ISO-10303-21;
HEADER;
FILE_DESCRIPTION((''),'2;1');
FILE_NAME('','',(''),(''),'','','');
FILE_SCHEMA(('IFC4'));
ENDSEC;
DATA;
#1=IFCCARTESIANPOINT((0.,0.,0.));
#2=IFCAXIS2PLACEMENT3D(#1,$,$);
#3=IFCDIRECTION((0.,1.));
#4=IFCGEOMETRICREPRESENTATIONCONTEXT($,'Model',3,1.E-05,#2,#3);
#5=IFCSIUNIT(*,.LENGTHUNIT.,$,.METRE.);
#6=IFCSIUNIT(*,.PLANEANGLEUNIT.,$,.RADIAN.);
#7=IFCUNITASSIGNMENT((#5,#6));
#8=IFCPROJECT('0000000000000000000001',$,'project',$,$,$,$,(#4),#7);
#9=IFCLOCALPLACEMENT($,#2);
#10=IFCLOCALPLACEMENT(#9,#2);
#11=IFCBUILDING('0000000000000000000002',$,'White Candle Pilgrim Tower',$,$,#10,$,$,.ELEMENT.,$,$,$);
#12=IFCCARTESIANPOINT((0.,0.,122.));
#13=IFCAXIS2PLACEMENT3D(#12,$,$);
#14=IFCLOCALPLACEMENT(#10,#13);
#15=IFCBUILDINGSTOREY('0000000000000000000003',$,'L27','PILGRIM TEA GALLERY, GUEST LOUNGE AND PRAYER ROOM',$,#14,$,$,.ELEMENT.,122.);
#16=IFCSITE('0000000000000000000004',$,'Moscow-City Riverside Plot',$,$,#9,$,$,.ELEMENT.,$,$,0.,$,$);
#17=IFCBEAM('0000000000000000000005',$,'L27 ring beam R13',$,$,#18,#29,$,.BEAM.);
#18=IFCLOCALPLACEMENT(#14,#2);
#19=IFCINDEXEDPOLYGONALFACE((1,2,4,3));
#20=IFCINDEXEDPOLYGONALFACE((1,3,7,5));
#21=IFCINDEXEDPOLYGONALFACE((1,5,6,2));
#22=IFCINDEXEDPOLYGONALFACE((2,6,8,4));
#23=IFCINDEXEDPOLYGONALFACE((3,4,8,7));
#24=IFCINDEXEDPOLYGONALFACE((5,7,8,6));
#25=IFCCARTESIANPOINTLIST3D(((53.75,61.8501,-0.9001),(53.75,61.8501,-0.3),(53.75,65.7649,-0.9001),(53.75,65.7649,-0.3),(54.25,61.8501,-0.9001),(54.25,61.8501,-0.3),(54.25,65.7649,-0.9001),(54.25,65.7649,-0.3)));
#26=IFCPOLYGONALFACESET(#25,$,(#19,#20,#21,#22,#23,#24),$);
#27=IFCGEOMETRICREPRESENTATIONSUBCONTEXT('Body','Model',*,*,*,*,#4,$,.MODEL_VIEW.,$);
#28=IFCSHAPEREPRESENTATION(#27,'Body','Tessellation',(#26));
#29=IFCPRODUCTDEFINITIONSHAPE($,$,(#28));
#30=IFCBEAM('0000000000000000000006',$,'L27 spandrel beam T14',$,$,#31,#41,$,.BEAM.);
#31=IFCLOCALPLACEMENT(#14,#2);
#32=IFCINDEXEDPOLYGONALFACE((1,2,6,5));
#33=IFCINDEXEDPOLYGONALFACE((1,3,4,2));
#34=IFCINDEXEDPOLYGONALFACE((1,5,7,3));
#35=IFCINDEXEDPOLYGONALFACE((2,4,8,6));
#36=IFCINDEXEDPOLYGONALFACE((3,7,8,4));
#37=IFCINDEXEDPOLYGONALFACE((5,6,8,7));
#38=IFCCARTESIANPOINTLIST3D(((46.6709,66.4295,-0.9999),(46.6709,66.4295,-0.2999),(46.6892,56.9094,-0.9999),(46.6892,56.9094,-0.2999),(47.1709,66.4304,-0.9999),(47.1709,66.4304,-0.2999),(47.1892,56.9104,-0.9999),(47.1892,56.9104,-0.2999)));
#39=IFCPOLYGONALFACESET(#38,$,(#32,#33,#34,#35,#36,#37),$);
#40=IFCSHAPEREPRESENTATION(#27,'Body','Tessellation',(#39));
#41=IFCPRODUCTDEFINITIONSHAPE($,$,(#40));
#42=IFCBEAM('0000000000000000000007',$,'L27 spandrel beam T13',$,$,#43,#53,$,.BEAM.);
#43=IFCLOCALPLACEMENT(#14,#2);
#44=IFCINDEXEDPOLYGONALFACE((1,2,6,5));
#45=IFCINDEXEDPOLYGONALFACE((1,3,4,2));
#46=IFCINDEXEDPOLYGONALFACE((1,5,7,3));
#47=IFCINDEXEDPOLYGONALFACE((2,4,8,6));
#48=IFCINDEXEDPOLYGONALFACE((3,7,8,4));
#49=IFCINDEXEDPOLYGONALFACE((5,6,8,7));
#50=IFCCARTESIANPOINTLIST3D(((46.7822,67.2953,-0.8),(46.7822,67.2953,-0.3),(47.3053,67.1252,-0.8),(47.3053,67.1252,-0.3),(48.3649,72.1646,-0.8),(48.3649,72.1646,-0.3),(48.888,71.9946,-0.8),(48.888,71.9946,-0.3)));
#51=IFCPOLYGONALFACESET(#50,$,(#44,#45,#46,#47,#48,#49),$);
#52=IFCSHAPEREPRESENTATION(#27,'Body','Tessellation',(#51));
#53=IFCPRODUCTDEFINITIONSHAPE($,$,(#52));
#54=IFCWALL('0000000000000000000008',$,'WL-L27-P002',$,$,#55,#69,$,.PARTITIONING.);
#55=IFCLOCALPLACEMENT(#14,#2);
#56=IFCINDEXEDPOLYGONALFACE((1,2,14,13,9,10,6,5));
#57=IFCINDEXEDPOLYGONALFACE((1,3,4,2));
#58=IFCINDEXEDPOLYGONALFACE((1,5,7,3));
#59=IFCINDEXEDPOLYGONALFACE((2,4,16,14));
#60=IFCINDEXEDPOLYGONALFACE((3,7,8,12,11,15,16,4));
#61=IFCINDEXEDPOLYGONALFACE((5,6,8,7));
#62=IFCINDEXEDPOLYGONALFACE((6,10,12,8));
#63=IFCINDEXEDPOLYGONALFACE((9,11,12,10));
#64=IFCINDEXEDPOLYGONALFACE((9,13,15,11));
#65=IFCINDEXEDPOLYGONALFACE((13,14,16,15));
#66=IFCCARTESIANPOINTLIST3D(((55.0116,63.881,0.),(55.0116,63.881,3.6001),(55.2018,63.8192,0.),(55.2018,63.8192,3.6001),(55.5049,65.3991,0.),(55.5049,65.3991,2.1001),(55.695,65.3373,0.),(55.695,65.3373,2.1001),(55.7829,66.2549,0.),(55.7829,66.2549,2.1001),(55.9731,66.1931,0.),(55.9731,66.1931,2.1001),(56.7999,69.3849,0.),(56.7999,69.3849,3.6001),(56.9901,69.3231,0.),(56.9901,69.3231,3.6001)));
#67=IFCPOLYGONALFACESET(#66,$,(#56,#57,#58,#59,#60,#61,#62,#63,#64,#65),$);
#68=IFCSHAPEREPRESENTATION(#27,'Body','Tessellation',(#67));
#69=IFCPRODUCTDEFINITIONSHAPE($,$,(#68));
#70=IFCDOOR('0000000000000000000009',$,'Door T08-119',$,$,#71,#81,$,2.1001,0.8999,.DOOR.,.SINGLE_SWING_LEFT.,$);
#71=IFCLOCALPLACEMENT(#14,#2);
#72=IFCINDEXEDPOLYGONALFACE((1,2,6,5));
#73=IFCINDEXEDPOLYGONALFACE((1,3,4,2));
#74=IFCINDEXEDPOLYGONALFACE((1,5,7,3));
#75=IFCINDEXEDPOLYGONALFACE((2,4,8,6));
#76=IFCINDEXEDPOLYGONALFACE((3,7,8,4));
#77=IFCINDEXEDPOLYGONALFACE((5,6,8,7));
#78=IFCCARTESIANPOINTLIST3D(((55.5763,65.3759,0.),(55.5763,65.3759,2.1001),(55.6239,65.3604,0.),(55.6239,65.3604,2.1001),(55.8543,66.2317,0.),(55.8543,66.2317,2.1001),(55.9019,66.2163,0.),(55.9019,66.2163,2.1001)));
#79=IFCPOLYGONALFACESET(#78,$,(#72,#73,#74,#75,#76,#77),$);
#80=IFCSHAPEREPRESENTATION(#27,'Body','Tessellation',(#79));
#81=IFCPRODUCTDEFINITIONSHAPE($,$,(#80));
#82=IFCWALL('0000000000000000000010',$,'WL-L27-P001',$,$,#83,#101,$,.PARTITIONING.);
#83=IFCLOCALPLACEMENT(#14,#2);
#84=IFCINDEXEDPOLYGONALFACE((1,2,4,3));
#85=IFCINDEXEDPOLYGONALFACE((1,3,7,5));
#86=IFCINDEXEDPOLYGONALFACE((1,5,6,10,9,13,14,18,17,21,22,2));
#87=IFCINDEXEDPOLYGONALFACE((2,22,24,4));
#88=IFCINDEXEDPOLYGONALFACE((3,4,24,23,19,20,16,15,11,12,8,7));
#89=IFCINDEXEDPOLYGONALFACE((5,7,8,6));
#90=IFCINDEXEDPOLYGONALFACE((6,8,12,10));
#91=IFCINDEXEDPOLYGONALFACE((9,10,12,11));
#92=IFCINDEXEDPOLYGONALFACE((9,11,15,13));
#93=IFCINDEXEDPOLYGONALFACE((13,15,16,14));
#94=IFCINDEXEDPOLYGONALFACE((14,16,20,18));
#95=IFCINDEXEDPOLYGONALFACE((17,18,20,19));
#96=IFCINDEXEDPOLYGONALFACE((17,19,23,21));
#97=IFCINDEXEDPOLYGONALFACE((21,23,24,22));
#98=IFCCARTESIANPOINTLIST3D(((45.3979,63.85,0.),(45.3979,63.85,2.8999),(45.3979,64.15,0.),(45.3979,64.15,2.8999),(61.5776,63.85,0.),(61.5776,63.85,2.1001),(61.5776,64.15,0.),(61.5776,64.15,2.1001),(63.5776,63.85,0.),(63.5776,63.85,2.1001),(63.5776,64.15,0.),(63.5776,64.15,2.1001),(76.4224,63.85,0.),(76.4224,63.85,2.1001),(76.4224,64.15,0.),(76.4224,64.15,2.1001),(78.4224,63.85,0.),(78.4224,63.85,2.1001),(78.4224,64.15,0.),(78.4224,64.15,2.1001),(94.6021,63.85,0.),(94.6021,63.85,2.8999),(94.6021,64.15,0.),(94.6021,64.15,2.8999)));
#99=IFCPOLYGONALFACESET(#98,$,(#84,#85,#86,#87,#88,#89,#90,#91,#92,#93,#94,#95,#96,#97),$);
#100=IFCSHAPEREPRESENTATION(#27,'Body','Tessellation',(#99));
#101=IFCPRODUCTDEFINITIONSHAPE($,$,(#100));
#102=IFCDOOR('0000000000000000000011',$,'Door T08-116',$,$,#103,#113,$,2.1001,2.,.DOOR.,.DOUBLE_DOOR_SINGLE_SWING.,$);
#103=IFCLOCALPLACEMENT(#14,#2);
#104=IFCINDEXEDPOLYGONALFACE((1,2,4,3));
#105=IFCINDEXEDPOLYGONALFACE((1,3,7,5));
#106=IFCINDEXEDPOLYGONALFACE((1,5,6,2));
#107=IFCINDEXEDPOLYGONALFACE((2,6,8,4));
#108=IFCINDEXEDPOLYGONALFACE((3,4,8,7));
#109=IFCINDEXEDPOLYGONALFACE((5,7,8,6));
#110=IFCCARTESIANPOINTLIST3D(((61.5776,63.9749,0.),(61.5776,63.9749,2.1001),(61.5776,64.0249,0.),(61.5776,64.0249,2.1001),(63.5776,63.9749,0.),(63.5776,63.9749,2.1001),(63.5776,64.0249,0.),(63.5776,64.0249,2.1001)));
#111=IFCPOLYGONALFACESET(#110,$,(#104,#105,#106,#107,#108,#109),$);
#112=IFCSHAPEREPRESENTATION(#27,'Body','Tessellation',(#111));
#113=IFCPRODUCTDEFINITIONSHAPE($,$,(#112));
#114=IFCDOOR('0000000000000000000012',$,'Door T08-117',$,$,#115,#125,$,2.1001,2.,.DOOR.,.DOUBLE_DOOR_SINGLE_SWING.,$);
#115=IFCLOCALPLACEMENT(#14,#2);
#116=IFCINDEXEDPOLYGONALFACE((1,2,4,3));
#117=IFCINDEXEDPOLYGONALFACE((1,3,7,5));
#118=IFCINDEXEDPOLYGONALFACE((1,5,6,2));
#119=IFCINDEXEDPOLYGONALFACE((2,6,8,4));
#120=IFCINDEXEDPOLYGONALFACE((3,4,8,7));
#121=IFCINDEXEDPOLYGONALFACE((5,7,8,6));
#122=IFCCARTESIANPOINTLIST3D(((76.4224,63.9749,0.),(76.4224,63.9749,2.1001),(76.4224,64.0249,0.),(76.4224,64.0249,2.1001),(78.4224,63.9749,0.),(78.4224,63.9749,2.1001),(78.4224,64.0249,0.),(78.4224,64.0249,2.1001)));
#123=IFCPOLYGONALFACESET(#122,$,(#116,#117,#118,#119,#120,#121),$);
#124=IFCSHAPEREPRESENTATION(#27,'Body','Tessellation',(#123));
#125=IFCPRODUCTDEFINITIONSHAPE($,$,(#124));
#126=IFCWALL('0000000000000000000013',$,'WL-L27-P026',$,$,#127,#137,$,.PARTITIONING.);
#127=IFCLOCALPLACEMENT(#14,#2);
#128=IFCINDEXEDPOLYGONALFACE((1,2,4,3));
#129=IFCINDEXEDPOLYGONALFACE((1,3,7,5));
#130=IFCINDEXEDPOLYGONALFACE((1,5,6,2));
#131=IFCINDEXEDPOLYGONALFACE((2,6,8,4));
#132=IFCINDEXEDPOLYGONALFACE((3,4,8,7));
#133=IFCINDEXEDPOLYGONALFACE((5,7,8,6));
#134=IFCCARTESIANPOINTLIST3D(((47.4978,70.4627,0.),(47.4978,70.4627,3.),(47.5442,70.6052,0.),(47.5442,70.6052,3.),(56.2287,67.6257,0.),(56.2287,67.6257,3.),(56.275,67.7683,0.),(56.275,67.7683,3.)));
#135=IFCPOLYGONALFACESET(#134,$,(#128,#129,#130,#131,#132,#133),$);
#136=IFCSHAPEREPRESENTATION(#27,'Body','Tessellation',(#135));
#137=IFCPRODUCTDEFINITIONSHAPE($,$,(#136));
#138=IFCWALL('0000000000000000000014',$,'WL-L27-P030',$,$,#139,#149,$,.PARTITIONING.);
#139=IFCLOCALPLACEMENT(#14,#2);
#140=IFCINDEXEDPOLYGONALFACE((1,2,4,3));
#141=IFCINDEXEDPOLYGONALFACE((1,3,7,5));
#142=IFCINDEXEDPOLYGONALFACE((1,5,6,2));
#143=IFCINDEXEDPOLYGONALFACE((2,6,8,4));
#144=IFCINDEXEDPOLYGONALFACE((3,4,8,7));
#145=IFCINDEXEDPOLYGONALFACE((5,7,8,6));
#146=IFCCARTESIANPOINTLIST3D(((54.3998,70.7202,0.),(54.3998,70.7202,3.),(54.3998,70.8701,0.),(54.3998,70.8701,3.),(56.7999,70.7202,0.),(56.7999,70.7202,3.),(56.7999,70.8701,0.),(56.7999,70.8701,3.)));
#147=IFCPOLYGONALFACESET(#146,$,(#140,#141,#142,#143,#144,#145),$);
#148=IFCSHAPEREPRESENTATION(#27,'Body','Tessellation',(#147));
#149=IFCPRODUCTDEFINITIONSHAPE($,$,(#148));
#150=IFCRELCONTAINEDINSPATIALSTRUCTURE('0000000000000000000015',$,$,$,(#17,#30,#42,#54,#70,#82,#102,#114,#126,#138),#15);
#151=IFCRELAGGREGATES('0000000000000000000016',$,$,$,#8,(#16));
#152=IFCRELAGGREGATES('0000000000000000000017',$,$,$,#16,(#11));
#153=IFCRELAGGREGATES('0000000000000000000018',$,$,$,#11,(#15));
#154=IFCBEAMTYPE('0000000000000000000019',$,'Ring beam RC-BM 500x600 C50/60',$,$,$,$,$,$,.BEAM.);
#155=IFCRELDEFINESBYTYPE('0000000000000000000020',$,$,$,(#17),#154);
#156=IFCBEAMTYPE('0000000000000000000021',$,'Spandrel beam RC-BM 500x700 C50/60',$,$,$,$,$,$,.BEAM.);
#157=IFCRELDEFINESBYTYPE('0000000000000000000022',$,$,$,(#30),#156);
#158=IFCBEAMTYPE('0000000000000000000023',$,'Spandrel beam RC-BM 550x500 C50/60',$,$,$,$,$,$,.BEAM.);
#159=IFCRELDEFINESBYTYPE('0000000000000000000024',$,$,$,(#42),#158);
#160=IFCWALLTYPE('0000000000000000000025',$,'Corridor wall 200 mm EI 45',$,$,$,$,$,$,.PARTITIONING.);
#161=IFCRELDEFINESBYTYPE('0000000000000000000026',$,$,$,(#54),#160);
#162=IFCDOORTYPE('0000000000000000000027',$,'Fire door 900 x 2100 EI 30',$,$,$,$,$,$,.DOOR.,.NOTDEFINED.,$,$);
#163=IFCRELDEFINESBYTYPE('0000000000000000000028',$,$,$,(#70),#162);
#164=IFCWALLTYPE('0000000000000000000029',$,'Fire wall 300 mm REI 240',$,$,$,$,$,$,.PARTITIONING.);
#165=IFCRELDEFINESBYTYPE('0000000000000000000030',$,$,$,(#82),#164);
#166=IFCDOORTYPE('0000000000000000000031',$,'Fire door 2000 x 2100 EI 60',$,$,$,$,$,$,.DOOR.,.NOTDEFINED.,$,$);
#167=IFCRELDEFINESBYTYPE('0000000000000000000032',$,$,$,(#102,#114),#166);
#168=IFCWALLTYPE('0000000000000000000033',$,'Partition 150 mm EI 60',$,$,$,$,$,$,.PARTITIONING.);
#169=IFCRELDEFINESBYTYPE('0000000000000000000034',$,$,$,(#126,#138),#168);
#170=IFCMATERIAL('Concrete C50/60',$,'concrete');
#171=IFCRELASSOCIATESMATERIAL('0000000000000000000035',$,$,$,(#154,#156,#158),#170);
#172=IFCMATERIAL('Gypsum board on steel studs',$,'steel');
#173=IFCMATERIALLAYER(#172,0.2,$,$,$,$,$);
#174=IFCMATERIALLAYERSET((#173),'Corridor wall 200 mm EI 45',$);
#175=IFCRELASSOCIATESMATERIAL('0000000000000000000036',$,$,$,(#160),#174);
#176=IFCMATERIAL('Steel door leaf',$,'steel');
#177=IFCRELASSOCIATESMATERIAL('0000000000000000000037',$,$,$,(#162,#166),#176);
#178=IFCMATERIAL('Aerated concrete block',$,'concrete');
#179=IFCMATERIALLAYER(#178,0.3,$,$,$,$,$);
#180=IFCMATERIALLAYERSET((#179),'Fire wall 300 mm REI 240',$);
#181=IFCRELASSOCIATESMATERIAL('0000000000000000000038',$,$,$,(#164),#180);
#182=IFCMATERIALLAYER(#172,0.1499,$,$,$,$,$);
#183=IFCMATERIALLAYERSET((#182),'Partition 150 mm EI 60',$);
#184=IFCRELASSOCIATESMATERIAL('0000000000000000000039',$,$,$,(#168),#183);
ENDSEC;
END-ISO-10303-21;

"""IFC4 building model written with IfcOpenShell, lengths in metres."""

from ifc_helpers import new_model, si_unit, direction, frame, frame_2d, origin, origin_2d, place, context, subcontext, project, spatial, rectangle, extrude, material, layer, layer_set, material_profile, profile_set, type_object, element, fill, save


model = new_model("IFC4")

# Units and contexts
model_context = context("Model", 3, precision=1e-05, world=origin(), true_north=direction((0.0, 1.0)))
body_context = subcontext(model_context, "Body", "Model", "MODEL_VIEW")
ifc_project = project(units=[si_unit("LENGTHUNIT", "METRE"), si_unit("PLANEANGLEUNIT", "RADIAN")], contexts=[model_context])

# Site, building, storey
site_placement = place(None, origin())
site = spatial("IfcSite", under=ifc_project, at=site_placement, Name="Moscow-City Riverside Plot", CompositionType="ELEMENT", RefElevation=0.0)
building_placement = place(site_placement, origin())
building = spatial("IfcBuilding", under=site, at=building_placement, Name="White Candle Pilgrim Tower", CompositionType="ELEMENT")
storey_placement = place(building_placement, frame((0.0, 0.0, 122.0)))
storey = spatial("IfcBuildingStorey", under=building, at=storey_placement, Name="L27", Description="PILGRIM TEA GALLERY, GUEST LOUNGE AND PRAYER ROOM", CompositionType="ELEMENT", Elevation=122.0)

# Beams
ifc_material_1 = material(Name="Concrete C50/60", Category="concrete")
ifc_material_profile_1 = material_profile(ifc_material_1, rectangle(XDim=0.5, YDim=0.6001, at=origin_2d()), Name="RC-BM 500x600")
ifc_profile_set_1 = profile_set([ifc_material_profile_1], Name="Concrete C50/60")
beam_type_1 = type_object("IfcBeamType", Name="Ring beam RC-BM 500x600 C50/60", PredefinedType="BEAM", material=ifc_profile_set_1)
beam_1_placement = place(storey_placement, frame((54.0, 65.7649, -0.6001), z_axis=(0.0, -1.0, 0.0), x_axis=(1.0, 0.0, 0.0)))
element("IfcBeam", 1, at=beam_1_placement, inside=storey, type_object=beam_type_1, Name="L27 ring beam R13", PredefinedType="BEAM", context=body_context, shape_type="SweptSolid", body=[
    extrude(rectangle(XDim=0.5, YDim=0.6001, at=origin_2d()), origin(), (0.0, 0.0, 1.0), 3.9148),
])
ifc_material_profile_2 = material_profile(ifc_material_1, rectangle(XDim=0.5, YDim=0.7, at=origin_2d()), Name="RC-BM 500x700")
ifc_profile_set_2 = profile_set([ifc_material_profile_2], Name="Concrete C50/60")
beam_type_2 = type_object("IfcBeamType", Name="Spandrel beam RC-BM 500x700 C50/60", PredefinedType="BEAM", material=ifc_profile_set_2)
beam_2_placement = place(storey_placement, frame((46.9209, 66.4299, -0.6499), z_axis=(0.001923, -0.999998, 0.0), x_axis=(0.999998, 0.001923, 0.0)))
element("IfcBeam", 2, at=beam_2_placement, inside=storey, type_object=beam_type_2, Name="L27 spandrel beam T14", PredefinedType="BEAM", context=body_context, shape_type="SweptSolid", body=[
    extrude(rectangle(XDim=0.5, YDim=0.7, at=origin_2d()), origin(), (0.0, 0.0, 1.0), 9.52),
])
ifc_material_profile_3 = material_profile(ifc_material_1, rectangle(XDim=0.55, YDim=0.5, at=origin_2d()), Name="RC-BM 550x500")
ifc_profile_set_3 = profile_set([ifc_material_profile_3], Name="Concrete C50/60")
beam_type_3 = type_object("IfcBeamType", Name="Spandrel beam RC-BM 550x500 C50/60", PredefinedType="BEAM", material=ifc_profile_set_3)
beam_3_placement = place(storey_placement, frame((48.6265, 72.0796, -0.55), z_axis=(-0.309124, -0.951022, 0.0), x_axis=(0.951022, -0.309124, 0.0)))
element("IfcBeam", 3, at=beam_3_placement, inside=storey, type_object=beam_type_3, Name="L27 spandrel beam T13", PredefinedType="BEAM", context=body_context, shape_type="SweptSolid", body=[
    extrude(rectangle(XDim=0.55, YDim=0.5, at=origin_2d()), origin(), (0.0, 0.0, 1.0), 5.1201),
])

# Wall, opening, door
ifc_material_2 = material(Name="Gypsum board on steel studs", Category="steel")
ifc_layer_1 = layer(ifc_material_2, 0.2)
ifc_layer_set_1 = layer_set([ifc_layer_1], Name="Corridor wall 200 mm EI 45")
wall_type_1 = type_object("IfcWallType", Name="Corridor wall 200 mm EI 45", PredefinedType="PARTITIONING", material=ifc_layer_set_1)
wall_1_placement = place(storey_placement, frame((55.1067, 63.8501, 0.0), z_axis=(0.0, 0.0, 1.0), x_axis=(0.309017, 0.951056, 0.0)))
wall_1 = element("IfcWall", 4, at=wall_1_placement, inside=storey, type_object=wall_type_1, Name="WL-L27-P002", PredefinedType="PARTITIONING", context=body_context, shape_type="SweptSolid", body=[
    extrude(rectangle(XDim=5.7871, YDim=0.2, at=frame_2d((2.8936, 0.0))), origin(), (0.0, 0.0, 1.0), 3.6001),
])
opening_1_placement = place(wall_1_placement, frame((1.5962, 0.0, 0.0)))
opening_1 = element("IfcOpeningElement", 5, at=opening_1_placement, cuts=wall_1, PredefinedType="OPENING", context=body_context, shape_type="SweptSolid", body=[
    extrude(rectangle(XDim=0.8999, YDim=2.1001, at=frame_2d((0.45, 1.05))), frame((0.0, 0.1099, 0.0), z_axis=(0.0, -1.0, 0.0), x_axis=(1.0, 0.0, 0.0)), (0.0, 0.0, 1.0), 0.22),
])
ifc_material_3 = material(Name="Steel door leaf", Category="steel")
door_type_1 = type_object("IfcDoorType", Name="Fire door 900 x 2100 EI 30", OperationType="NOTDEFINED", PredefinedType="DOOR", material=ifc_material_3)
door_1_placement = place(opening_1_placement, origin())
door_1 = element("IfcDoor", 6, at=door_1_placement, inside=storey, type_object=door_type_1, Name="Door T08-119", OperationType="SINGLE_SWING_LEFT", OverallHeight=2.1001, OverallWidth=0.8999, PredefinedType="DOOR", context=body_context, shape_type="SweptSolid", body=[
    extrude(rectangle(XDim=0.8999, YDim=2.1001, at=frame_2d((0.45, 1.05))), frame((0.0, 0.0249, 0.0), z_axis=(0.0, -1.0, 0.0), x_axis=(1.0, 0.0, 0.0)), (0.0, 0.0, 1.0), 0.05),
])
fill(opening_1, door_1)

# Wall, openings, doors
ifc_material_4 = material(Name="Aerated concrete block", Category="concrete")
ifc_layer_2 = layer(ifc_material_4, 0.3)
ifc_layer_set_2 = layer_set([ifc_layer_2], Name="Fire wall 300 mm REI 240")
wall_type_2 = type_object("IfcWallType", Name="Fire wall 300 mm REI 240", PredefinedType="PARTITIONING", material=ifc_layer_set_2)
wall_2_placement = place(storey_placement, frame((45.3979, 64.0, 0.0), z_axis=(0.0, 0.0, 1.0), x_axis=(1.0, 0.0, 0.0)))
wall_2 = element("IfcWall", 7, at=wall_2_placement, inside=storey, type_object=wall_type_2, Name="WL-L27-P001", PredefinedType="PARTITIONING", context=body_context, shape_type="SweptSolid", body=[
    extrude(rectangle(XDim=49.2041, YDim=0.3, at=frame_2d((24.6021, 0.0))), origin(), (0.0, 0.0, 1.0), 2.8999),
])
opening_2_placement = place(wall_2_placement, frame((16.1797, 0.0, 0.0)))
opening_2 = element("IfcOpeningElement", 8, at=opening_2_placement, cuts=wall_2, PredefinedType="OPENING", context=body_context, shape_type="SweptSolid", body=[
    extrude(rectangle(XDim=2.0, YDim=2.1001, at=frame_2d((1.0, 1.05))), frame((0.0, 0.1599, 0.0), z_axis=(0.0, -1.0, 0.0), x_axis=(1.0, 0.0, 0.0)), (0.0, 0.0, 1.0), 0.3201),
])
opening_3_placement = place(wall_2_placement, frame((31.0244, 0.0, 0.0)))
opening_3 = element("IfcOpeningElement", 9, at=opening_3_placement, cuts=wall_2, PredefinedType="OPENING", context=body_context, shape_type="SweptSolid", body=[
    extrude(rectangle(XDim=2.0, YDim=2.1001, at=frame_2d((1.0, 1.05))), frame((0.0, 0.1599, 0.0), z_axis=(0.0, -1.0, 0.0), x_axis=(1.0, 0.0, 0.0)), (0.0, 0.0, 1.0), 0.3201),
])
door_type_2 = type_object("IfcDoorType", Name="Fire door 2000 x 2100 EI 60", OperationType="NOTDEFINED", PredefinedType="DOOR", material=ifc_material_3)
door_2_placement = place(opening_2_placement, origin())
door_2 = element("IfcDoor", 10, at=door_2_placement, inside=storey, type_object=door_type_2, Name="Door T08-116", OperationType="DOUBLE_DOOR_SINGLE_SWING", OverallHeight=2.1001, OverallWidth=2.0, PredefinedType="DOOR", context=body_context, shape_type="SweptSolid", body=[
    extrude(rectangle(XDim=2.0, YDim=2.1001, at=frame_2d((1.0, 1.05))), frame((0.0, 0.0249, 0.0), z_axis=(0.0, -1.0, 0.0), x_axis=(1.0, 0.0, 0.0)), (0.0, 0.0, 1.0), 0.05),
])
fill(opening_2, door_2)
door_3_placement = place(opening_3_placement, origin())
door_3 = element("IfcDoor", 11, at=door_3_placement, inside=storey, type_object=door_type_2, Name="Door T08-117", OperationType="DOUBLE_DOOR_SINGLE_SWING", OverallHeight=2.1001, OverallWidth=2.0, PredefinedType="DOOR", context=body_context, shape_type="SweptSolid", body=[
    extrude(rectangle(XDim=2.0, YDim=2.1001, at=frame_2d((1.0, 1.05))), frame((0.0, 0.0249, 0.0), z_axis=(0.0, -1.0, 0.0), x_axis=(1.0, 0.0, 0.0)), (0.0, 0.0, 1.0), 0.05),
])
fill(opening_3, door_3)

# Walls
ifc_layer_3 = layer(ifc_material_2, 0.1499)
ifc_layer_set_3 = layer_set([ifc_layer_3], Name="Partition 150 mm EI 60")
wall_type_3 = type_object("IfcWallType", Name="Partition 150 mm EI 60", PredefinedType="PARTITIONING", material=ifc_layer_set_3)
wall_3_placement = place(storey_placement, frame((47.521, 70.5339, 0.0), z_axis=(0.0, 0.0, 1.0), x_axis=(0.951052, -0.30903, 0.0)))
element("IfcWall", 12, at=wall_3_placement, inside=storey, type_object=wall_type_3, Name="WL-L27-P026", PredefinedType="PARTITIONING", context=body_context, shape_type="SweptSolid", body=[
    extrude(rectangle(XDim=9.1802, YDim=0.1499, at=frame_2d((4.5901, 0.0))), origin(), (0.0, 0.0, 1.0), 3.0),
])
wall_4_placement = place(storey_placement, frame((56.8, 70.7952, 0.0), z_axis=(0.0, 0.0, 1.0), x_axis=(-1.0, 0.0, 0.0)))
element("IfcWall", 13, at=wall_4_placement, inside=storey, type_object=wall_type_3, Name="WL-L27-P030", PredefinedType="PARTITIONING", context=body_context, shape_type="SweptSolid", body=[
    extrude(rectangle(XDim=2.4001, YDim=0.1499, at=frame_2d((1.2002, 0.0))), origin(), (0.0, 0.0, 1.0), 3.0),
])

save(model, "model.ifc")
